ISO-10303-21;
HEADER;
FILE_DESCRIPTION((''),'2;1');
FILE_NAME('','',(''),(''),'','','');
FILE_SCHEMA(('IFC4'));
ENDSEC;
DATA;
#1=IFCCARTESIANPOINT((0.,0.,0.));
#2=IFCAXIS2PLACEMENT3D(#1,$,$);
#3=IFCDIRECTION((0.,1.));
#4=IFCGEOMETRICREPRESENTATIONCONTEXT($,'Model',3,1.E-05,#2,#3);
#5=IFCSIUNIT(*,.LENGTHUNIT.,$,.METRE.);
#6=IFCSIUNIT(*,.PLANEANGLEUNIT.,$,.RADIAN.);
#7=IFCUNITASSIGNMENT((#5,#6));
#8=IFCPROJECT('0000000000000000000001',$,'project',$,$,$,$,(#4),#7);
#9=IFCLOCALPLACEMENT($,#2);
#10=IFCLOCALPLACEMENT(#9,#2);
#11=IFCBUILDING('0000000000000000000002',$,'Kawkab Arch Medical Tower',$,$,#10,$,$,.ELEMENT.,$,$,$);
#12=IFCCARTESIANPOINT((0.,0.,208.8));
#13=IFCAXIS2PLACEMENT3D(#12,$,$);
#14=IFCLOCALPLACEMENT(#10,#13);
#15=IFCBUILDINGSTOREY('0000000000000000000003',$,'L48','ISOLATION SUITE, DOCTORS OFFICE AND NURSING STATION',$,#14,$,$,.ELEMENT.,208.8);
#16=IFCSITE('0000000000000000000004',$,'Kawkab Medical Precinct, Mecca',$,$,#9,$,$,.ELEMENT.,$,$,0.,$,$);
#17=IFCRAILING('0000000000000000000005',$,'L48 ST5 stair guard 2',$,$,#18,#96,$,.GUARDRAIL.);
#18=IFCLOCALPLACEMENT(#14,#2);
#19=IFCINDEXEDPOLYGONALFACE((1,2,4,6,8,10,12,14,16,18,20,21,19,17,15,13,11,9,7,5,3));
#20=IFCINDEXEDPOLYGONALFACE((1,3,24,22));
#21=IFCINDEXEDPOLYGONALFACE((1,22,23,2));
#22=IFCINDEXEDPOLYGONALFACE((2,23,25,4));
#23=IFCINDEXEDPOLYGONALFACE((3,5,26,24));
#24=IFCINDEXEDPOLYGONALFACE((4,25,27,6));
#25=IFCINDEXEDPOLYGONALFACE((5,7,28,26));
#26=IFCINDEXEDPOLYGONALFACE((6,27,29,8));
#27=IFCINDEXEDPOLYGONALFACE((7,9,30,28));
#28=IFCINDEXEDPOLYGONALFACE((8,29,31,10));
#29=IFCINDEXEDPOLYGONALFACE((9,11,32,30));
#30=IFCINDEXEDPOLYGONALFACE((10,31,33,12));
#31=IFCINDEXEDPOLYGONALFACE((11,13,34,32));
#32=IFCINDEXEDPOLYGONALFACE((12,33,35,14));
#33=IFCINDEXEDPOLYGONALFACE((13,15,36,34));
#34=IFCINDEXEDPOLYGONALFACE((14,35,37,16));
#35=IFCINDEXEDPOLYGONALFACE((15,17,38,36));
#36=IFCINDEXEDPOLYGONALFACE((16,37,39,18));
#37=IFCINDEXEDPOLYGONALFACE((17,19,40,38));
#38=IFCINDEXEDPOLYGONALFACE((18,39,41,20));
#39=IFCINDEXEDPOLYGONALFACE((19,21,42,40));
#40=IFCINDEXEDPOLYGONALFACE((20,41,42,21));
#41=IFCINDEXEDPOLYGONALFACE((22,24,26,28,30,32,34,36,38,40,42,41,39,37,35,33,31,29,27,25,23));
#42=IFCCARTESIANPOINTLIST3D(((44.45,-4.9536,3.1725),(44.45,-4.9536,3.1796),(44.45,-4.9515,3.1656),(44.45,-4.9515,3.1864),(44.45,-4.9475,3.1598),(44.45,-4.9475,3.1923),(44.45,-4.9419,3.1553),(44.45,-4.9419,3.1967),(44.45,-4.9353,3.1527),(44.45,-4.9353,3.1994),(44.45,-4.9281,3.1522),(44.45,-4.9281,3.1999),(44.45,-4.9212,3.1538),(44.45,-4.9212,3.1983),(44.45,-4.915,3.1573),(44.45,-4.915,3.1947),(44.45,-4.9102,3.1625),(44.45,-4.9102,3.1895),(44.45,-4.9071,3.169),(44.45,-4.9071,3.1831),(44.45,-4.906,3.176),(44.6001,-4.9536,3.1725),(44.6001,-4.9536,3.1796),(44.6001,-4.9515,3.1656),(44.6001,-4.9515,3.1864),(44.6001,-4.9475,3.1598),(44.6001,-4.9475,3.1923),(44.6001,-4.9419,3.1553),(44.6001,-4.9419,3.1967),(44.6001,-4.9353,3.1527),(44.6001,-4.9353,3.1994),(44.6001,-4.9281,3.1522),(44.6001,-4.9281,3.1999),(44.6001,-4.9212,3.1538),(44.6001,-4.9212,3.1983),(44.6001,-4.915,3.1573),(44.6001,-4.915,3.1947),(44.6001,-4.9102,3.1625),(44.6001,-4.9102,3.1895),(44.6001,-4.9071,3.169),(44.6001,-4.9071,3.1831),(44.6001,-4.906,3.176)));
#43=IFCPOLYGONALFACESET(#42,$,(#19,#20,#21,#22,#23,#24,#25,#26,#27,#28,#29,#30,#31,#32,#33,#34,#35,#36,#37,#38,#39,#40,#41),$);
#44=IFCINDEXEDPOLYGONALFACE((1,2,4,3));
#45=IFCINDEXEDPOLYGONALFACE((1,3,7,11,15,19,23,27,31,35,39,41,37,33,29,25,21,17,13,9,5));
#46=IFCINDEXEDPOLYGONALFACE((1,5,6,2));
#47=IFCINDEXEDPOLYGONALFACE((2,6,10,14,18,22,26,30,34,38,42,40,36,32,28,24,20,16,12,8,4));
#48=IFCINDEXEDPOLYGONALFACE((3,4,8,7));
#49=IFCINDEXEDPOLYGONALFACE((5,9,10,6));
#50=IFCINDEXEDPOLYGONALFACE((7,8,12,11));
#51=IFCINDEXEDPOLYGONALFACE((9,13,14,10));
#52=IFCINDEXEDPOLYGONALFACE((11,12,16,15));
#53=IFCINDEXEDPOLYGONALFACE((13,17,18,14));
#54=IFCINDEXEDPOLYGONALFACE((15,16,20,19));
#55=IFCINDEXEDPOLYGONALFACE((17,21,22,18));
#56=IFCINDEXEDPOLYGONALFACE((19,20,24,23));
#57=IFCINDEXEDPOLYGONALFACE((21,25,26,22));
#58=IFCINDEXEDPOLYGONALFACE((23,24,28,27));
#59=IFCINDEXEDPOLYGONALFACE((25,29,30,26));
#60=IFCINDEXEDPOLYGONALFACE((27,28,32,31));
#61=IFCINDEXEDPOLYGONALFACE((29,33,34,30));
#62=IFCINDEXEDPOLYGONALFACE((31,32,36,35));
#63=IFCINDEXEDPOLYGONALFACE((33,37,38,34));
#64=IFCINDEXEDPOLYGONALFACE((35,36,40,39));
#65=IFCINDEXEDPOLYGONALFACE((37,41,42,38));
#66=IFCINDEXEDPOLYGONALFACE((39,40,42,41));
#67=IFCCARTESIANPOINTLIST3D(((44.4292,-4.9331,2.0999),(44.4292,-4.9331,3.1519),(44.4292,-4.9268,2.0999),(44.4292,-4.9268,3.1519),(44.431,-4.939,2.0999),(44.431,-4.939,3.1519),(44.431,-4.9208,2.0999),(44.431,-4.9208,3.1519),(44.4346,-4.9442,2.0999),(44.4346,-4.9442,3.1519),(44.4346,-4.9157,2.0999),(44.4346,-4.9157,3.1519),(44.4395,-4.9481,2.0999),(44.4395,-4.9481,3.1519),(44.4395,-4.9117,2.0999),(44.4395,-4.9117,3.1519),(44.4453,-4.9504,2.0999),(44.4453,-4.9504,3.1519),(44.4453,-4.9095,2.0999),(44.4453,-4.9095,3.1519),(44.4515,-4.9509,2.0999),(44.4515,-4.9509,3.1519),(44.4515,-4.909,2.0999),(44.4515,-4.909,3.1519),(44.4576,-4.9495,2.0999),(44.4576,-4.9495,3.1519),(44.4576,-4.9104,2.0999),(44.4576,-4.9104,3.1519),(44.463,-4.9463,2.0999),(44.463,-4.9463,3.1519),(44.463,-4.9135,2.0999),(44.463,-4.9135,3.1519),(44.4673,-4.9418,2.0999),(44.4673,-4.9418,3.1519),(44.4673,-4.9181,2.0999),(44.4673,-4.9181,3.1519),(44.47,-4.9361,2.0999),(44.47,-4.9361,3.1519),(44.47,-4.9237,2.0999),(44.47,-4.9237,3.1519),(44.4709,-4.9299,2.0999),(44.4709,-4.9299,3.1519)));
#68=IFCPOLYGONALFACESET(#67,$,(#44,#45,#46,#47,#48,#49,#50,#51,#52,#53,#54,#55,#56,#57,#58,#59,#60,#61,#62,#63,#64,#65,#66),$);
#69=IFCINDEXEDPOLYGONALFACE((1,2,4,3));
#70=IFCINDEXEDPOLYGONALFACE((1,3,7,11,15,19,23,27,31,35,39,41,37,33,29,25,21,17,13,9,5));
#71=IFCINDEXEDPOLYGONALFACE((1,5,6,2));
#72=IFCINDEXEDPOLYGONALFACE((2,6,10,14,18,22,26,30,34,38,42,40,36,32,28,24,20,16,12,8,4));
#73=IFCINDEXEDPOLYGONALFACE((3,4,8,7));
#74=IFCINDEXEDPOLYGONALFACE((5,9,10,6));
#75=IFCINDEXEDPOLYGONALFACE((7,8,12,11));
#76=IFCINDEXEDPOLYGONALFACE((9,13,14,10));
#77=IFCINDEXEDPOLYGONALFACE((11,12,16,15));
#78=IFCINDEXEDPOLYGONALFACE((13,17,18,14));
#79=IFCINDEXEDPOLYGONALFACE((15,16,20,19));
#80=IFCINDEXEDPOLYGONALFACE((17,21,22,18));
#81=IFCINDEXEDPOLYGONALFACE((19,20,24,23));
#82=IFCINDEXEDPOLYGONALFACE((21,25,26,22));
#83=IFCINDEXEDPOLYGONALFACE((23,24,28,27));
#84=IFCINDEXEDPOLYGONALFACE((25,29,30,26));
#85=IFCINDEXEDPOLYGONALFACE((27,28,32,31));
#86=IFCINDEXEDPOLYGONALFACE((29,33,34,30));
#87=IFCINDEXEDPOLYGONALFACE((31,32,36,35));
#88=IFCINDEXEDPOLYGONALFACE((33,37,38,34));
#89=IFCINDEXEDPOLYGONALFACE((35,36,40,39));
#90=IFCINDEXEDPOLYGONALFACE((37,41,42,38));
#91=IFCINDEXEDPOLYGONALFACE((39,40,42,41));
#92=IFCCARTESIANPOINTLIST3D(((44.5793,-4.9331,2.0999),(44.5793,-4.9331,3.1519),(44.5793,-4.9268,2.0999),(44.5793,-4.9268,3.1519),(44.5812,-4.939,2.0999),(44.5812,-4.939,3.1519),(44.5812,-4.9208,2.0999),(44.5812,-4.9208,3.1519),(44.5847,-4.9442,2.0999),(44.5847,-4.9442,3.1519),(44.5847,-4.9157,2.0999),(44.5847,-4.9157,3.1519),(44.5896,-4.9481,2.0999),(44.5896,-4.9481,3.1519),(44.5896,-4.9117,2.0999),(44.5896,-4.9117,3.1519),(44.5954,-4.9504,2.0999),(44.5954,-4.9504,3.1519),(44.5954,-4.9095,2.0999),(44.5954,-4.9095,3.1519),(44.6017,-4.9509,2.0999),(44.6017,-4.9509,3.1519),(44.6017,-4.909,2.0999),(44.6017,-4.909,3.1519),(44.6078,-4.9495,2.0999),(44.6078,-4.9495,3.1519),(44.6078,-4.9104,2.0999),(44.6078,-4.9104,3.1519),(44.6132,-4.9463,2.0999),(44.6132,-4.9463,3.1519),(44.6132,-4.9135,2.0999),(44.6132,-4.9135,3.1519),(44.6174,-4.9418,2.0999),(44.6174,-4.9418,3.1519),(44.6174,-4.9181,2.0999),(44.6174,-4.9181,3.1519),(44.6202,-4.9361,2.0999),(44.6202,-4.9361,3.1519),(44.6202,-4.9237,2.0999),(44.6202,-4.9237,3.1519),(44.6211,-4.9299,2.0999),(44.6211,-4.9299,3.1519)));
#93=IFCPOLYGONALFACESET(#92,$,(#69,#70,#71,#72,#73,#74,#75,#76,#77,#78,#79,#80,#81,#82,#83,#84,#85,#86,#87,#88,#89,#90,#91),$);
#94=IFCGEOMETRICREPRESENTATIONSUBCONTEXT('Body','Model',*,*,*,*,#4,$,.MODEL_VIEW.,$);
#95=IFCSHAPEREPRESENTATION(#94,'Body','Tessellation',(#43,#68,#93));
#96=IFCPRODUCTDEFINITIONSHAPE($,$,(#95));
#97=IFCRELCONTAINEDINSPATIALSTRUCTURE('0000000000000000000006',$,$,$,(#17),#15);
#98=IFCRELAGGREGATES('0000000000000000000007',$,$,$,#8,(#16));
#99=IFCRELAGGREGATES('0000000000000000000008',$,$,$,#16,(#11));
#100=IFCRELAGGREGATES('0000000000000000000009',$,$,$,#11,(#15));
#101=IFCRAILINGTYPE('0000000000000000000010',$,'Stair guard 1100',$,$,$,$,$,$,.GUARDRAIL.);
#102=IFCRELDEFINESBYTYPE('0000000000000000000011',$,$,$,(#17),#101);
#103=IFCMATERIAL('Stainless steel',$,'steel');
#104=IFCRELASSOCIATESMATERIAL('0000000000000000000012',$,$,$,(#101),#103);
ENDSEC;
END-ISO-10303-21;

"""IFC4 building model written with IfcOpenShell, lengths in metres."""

from ifc_helpers import new_model, si_unit, direction, frame, origin, origin_2d, place, context, subcontext, project, spatial, circle, extrude, material, type_object, element, save


model = new_model("IFC4")

# Units and contexts
model_context = context("Model", 3, precision=1e-05, world=origin(), true_north=direction((0.0, 1.0)))
body_context = subcontext(model_context, "Body", "Model", "MODEL_VIEW")
ifc_project = project(units=[si_unit("LENGTHUNIT", "METRE"), si_unit("PLANEANGLEUNIT", "RADIAN")], contexts=[model_context])

# Site, building, storey
site_placement = place(None, origin())
site = spatial("IfcSite", under=ifc_project, at=site_placement, Name="Kawkab Medical Precinct, Mecca", CompositionType="ELEMENT", RefElevation=0.0)
building_placement = place(site_placement, origin())
building = spatial("IfcBuilding", under=site, at=building_placement, Name="Kawkab Arch Medical Tower", CompositionType="ELEMENT")
storey_placement = place(building_placement, frame((0.0, 0.0, 208.8)))
storey = spatial("IfcBuildingStorey", under=building, at=storey_placement, Name="L48", Description="ISOLATION SUITE, DOCTORS OFFICE AND NURSING STATION", CompositionType="ELEMENT", Elevation=208.8)

# Railing
ifc_material_1 = material(Name="Stainless steel", Category="steel")
railing_type = type_object("IfcRailingType", Name="Stair guard 1100", PredefinedType="GUARDRAIL", material=ifc_material_1)
railing_1_placement = place(storey_placement, frame((44.45, -4.9299, 2.0999)))
element("IfcRailing", 1, at=railing_1_placement, inside=storey, type_object=railing_type, Name="L48 ST5 stair guard 2", PredefinedType="GUARDRAIL", context=body_context, shape_type="SweptSolid", body=[
    extrude(circle(Radius=0.0239, at=origin_2d()), frame((0.0, 0.0, 1.0762), z_axis=(1.0, 0.0, 0.0), x_axis=(0.0, 1.0, 0.0)), (0.0, 0.0, 1.0), 0.1501),
    extrude(circle(Radius=0.021, at=origin_2d()), origin(), (0.0, 0.0, 1.0), 1.052),
    extrude(circle(Radius=0.021, at=origin_2d()), frame((0.1501, 0.0, 0.0)), (0.0, 0.0, 1.0), 1.052),
])

save(model, "model.ifc")
